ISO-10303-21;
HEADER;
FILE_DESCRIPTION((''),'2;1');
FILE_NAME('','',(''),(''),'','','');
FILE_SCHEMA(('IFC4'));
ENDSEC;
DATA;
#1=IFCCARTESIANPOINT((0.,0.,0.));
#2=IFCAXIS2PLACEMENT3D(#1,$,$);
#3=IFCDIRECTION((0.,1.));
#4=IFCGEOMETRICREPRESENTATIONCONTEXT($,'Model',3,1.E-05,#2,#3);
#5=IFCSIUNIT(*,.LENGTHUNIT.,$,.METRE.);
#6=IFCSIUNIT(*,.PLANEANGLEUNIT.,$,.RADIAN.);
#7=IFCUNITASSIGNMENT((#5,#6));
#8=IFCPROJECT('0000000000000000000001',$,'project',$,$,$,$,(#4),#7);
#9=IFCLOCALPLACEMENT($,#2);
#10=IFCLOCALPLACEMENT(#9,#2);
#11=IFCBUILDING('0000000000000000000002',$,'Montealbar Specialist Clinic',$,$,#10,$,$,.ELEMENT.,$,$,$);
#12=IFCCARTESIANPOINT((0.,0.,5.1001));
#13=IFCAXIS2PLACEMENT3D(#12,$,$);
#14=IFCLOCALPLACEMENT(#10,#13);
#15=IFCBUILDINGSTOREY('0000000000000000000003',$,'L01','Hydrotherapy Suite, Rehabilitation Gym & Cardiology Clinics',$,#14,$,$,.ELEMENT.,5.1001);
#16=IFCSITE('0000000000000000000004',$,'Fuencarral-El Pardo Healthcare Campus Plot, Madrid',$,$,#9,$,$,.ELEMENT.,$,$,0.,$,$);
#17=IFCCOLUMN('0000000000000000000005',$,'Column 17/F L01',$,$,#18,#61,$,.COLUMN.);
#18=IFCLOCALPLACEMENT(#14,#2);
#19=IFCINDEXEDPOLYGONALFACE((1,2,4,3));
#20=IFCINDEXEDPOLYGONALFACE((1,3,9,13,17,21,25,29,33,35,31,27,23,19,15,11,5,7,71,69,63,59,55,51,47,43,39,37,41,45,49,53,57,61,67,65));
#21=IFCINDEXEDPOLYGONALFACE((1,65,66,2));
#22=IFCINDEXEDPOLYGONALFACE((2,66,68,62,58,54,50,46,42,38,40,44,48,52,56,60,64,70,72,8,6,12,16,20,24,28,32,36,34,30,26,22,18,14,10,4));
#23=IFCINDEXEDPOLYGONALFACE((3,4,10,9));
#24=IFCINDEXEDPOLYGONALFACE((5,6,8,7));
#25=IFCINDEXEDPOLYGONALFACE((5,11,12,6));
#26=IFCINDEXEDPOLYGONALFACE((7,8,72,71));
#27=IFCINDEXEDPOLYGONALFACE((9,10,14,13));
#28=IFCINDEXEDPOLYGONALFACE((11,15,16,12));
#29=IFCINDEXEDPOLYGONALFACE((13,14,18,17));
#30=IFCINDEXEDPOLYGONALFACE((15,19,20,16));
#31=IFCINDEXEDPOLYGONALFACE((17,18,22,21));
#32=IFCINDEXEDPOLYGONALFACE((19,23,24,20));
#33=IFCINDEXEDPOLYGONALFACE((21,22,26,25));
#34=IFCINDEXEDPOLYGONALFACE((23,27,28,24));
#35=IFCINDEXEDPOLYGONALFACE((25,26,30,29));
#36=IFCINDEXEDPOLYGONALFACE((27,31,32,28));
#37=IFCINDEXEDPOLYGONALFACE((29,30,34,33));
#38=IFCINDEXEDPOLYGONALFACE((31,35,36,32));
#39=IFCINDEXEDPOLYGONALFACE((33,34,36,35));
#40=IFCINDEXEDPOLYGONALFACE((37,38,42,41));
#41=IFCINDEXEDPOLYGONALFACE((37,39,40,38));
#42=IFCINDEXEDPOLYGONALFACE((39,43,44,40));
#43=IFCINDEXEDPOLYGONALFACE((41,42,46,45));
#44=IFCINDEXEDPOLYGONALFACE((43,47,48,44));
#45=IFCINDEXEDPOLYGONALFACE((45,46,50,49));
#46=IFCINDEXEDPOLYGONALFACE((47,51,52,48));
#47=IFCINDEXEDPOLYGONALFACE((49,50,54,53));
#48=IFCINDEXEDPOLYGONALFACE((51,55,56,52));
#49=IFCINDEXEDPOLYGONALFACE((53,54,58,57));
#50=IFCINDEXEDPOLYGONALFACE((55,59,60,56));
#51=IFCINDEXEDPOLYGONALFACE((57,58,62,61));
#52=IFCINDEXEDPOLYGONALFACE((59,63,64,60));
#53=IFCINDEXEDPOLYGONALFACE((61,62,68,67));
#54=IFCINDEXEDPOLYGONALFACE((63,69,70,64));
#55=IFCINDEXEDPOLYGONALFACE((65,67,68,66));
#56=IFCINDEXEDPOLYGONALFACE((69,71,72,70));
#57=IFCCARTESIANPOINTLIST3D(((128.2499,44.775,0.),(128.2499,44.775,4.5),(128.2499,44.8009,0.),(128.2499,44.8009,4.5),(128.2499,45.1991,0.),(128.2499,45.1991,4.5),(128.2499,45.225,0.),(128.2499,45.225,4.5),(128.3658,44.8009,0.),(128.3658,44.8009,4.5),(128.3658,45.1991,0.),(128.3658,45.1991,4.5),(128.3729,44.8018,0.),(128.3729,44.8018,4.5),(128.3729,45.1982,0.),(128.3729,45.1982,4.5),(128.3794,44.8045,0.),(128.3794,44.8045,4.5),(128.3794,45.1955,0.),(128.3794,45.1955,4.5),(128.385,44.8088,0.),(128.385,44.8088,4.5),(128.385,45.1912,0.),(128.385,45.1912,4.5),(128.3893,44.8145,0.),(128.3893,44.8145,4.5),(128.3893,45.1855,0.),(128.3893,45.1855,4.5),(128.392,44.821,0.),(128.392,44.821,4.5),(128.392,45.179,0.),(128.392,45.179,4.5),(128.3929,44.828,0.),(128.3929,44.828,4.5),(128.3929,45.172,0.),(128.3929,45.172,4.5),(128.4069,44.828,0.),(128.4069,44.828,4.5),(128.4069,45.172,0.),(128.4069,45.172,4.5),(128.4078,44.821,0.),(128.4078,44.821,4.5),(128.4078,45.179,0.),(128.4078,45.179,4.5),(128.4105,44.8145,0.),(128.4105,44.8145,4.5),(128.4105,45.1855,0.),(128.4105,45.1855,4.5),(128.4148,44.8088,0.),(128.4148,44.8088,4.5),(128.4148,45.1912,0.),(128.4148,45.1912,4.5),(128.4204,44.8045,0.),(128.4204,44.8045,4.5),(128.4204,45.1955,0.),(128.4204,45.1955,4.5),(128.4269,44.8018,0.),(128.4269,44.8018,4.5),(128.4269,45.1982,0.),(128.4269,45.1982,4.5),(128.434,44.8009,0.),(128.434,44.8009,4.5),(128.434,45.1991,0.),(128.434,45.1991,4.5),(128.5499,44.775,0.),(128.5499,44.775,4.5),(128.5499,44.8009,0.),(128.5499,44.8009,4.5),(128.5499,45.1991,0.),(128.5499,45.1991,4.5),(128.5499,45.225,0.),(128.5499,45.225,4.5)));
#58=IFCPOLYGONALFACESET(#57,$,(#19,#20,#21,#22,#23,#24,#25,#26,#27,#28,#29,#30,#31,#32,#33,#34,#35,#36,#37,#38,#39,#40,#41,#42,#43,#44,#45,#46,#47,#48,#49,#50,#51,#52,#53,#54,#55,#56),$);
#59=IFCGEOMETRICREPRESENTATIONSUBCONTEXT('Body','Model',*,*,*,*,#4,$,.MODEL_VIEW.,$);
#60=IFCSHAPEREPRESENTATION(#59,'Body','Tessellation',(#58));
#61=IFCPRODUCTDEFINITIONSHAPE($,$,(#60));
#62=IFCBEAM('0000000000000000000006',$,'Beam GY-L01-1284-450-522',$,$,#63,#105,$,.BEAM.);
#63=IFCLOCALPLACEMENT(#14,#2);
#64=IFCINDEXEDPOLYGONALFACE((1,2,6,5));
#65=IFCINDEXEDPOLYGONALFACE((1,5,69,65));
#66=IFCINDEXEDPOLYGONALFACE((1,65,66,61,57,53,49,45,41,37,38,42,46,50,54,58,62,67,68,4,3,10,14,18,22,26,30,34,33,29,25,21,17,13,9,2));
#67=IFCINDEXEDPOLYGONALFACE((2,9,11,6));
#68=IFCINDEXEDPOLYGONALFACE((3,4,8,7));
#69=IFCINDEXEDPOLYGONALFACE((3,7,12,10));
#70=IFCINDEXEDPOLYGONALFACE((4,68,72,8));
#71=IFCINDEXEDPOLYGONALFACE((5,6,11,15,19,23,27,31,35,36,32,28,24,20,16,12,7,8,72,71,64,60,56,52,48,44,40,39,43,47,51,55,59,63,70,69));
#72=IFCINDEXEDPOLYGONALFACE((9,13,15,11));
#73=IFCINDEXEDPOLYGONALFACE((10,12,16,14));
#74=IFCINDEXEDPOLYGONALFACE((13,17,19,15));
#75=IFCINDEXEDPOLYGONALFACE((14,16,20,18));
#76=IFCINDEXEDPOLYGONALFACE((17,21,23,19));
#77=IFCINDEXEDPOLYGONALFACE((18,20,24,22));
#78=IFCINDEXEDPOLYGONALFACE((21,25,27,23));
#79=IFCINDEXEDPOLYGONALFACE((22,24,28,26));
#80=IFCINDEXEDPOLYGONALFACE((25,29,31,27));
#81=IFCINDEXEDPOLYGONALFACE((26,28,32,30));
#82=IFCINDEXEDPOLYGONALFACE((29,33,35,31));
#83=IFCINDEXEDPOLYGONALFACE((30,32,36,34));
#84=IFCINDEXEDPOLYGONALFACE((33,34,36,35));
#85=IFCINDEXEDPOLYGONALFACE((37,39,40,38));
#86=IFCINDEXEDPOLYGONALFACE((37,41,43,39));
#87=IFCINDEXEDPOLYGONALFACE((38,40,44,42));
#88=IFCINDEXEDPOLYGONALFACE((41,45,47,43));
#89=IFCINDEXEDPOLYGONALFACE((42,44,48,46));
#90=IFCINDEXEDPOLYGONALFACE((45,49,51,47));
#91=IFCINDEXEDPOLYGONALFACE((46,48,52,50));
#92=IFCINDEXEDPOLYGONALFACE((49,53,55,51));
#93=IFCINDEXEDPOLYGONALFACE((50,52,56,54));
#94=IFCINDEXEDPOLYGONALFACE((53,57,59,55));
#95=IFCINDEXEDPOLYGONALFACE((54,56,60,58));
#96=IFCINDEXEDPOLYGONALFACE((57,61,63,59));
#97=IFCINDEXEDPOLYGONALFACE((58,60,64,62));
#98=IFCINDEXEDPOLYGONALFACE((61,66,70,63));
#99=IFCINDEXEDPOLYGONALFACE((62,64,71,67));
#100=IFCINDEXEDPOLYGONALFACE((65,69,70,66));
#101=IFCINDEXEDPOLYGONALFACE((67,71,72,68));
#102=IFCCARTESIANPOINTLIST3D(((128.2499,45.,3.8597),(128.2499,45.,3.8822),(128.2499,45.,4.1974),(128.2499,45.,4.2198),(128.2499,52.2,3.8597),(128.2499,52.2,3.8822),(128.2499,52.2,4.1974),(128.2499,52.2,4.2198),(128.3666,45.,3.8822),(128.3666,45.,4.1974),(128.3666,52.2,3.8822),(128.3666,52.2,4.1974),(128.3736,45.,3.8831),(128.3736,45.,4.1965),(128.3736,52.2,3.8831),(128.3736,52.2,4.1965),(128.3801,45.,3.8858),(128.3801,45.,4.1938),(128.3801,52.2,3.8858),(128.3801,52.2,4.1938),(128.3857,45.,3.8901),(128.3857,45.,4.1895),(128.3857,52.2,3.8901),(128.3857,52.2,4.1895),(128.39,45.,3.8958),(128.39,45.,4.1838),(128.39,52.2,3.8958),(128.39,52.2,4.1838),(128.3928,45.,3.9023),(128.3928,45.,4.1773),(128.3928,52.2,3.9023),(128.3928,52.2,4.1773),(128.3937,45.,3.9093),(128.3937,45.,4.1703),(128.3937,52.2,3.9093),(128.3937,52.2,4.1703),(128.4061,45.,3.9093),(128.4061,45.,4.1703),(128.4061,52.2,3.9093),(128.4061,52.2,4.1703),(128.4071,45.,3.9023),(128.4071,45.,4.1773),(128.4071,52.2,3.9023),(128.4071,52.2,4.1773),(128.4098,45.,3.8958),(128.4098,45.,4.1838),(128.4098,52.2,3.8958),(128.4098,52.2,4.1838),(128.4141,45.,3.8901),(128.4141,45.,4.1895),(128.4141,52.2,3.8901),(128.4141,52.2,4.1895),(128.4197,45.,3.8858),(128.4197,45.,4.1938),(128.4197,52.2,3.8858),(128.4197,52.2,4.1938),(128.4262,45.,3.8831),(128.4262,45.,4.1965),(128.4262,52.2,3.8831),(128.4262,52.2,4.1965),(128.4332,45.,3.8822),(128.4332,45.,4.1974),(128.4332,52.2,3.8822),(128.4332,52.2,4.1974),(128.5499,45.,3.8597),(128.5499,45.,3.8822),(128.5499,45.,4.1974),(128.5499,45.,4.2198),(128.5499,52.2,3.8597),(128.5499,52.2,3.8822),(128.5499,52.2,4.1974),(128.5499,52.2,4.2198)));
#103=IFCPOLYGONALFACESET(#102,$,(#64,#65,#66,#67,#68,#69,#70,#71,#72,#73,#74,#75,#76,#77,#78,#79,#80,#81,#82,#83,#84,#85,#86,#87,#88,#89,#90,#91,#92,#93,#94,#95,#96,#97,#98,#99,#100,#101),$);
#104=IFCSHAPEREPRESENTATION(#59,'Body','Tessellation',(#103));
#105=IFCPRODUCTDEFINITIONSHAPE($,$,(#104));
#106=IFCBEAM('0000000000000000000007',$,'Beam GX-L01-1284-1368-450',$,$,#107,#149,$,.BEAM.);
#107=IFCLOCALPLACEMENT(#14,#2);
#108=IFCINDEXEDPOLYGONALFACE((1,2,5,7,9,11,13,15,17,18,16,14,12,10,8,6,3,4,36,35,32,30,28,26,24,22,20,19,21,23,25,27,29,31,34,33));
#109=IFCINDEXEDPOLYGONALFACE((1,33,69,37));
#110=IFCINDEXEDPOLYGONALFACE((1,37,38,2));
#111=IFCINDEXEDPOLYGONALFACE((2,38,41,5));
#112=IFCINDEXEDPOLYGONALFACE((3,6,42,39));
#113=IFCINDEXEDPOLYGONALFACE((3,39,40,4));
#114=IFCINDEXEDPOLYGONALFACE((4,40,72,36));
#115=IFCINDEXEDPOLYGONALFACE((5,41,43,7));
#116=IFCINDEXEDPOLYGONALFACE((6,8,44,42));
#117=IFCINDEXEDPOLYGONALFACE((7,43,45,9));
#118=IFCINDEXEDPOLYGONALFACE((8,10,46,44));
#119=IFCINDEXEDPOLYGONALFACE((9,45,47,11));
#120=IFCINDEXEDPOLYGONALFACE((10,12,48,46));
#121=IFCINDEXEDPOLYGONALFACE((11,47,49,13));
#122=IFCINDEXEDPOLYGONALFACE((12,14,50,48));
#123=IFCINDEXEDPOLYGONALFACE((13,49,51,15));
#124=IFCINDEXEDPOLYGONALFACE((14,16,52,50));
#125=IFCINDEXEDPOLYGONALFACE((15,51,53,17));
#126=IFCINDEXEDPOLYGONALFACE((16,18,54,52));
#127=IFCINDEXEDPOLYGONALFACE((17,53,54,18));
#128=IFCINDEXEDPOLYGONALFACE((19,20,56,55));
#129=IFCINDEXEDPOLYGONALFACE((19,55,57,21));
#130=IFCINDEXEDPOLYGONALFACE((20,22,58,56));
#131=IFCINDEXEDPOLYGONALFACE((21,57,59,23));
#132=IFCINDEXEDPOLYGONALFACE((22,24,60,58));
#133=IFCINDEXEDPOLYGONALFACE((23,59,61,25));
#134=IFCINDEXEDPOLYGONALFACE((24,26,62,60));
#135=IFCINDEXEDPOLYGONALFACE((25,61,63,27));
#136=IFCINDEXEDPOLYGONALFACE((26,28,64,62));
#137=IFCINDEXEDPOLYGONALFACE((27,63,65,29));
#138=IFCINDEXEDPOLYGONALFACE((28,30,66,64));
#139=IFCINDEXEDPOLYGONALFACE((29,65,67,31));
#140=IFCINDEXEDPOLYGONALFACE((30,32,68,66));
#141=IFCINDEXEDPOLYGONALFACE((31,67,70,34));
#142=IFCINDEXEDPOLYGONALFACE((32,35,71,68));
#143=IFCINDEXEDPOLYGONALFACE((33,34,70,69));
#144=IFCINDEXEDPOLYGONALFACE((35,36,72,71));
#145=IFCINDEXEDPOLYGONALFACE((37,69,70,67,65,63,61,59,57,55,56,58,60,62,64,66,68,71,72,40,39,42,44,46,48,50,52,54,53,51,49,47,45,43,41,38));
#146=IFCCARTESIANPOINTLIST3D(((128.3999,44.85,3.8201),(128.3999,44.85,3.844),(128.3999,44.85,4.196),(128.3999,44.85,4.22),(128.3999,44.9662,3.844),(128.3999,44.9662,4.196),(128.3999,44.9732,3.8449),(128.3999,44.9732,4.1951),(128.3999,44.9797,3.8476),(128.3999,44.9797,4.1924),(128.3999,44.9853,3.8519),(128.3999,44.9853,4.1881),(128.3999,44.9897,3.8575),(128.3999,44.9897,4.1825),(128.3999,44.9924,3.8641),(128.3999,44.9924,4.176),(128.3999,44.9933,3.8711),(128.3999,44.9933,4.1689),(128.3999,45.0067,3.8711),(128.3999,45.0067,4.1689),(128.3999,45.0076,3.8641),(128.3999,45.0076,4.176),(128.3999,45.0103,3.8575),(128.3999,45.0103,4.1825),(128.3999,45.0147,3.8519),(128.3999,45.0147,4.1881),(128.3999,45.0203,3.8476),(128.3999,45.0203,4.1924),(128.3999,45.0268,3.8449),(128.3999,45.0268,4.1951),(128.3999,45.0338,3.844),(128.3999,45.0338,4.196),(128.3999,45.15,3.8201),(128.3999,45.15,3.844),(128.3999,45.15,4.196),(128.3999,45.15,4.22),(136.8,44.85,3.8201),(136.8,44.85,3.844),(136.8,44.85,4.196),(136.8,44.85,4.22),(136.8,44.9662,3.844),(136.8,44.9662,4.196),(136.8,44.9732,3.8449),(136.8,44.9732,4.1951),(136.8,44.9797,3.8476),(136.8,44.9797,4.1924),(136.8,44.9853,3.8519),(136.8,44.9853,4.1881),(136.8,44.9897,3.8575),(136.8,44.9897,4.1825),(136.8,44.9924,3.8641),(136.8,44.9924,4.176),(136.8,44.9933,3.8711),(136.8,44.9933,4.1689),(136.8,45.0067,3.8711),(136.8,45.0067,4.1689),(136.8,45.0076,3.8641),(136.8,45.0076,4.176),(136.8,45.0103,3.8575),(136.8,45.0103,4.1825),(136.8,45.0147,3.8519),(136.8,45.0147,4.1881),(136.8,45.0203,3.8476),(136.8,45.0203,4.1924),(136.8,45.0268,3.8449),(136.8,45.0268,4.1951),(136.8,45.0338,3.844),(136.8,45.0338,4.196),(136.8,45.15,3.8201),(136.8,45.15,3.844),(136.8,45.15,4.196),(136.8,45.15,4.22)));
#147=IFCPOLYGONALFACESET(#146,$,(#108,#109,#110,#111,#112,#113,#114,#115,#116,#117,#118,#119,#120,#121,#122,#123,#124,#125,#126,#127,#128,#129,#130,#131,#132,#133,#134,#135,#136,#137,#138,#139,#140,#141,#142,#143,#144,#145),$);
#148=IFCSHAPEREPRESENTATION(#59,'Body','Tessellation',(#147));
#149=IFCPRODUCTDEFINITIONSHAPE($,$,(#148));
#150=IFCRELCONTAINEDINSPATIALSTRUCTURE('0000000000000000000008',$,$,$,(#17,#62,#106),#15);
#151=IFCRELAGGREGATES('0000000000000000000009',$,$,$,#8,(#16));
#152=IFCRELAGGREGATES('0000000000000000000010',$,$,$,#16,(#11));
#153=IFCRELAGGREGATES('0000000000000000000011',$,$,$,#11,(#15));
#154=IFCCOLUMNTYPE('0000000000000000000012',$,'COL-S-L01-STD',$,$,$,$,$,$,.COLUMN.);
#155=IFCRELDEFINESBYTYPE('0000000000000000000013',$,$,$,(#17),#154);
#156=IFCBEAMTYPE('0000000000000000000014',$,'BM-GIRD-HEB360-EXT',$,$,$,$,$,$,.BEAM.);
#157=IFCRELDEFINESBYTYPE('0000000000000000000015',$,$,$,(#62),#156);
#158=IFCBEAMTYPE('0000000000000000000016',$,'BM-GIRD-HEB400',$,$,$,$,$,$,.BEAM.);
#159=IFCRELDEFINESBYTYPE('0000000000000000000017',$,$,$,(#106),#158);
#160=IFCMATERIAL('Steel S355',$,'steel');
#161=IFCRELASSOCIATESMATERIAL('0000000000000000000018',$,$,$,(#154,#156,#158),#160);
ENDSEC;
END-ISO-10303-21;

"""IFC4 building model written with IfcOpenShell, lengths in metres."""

from ifc_helpers import new_model, si_unit, direction, frame, origin, origin_2d, place, context, subcontext, project, spatial, i_section, extrude, material, material_profile, profile_set, type_object, element, save


model = new_model("IFC4")

# Units and contexts
model_context = context("Model", 3, precision=1e-05, world=origin(), true_north=direction((0.0, 1.0)))
body_context = subcontext(model_context, "Body", "Model", "MODEL_VIEW")
ifc_project = project(units=[si_unit("LENGTHUNIT", "METRE"), si_unit("PLANEANGLEUNIT", "RADIAN")], contexts=[model_context])

# Site, building, storey
site_placement = place(None, origin())
site = spatial("IfcSite", under=ifc_project, at=site_placement, Name="Fuencarral-El Pardo Healthcare Campus Plot, Madrid", CompositionType="ELEMENT", RefElevation=0.0)
building_placement = place(site_placement, origin())
building = spatial("IfcBuilding", under=site, at=building_placement, Name="Montealbar Specialist Clinic", CompositionType="ELEMENT")
storey_placement = place(building_placement, frame((0.0, 0.0, 5.1001)))
storey = spatial("IfcBuildingStorey", under=building, at=storey_placement, Name="L01", Description="Hydrotherapy Suite, Rehabilitation Gym & Cardiology Clinics", CompositionType="ELEMENT", Elevation=5.1001)

# Column
ifc_material_1 = material(Name="Steel S355", Category="steel")
ifc_material_profile_1 = material_profile(ifc_material_1, i_section(OverallWidth=0.3, OverallDepth=0.45, WebThickness=0.0139, FlangeThickness=0.0259, FilletRadius=0.0271, at=origin_2d()), Name="HEB 450", Category="steel")
ifc_profile_set_1 = profile_set([ifc_material_profile_1], Name="Steel S355")
column_type = type_object("IfcColumnType", Name="COL-S-L01-STD", PredefinedType="COLUMN", material=ifc_profile_set_1)
column_placement = place(storey_placement, frame((128.3999, 45.0, 0.0), z_axis=(0.0, 0.0, 1.0), x_axis=(1.0, 0.0, 0.0)))
element("IfcColumn", 1, at=column_placement, inside=storey, type_object=column_type, Name="Column 17/F L01", PredefinedType="COLUMN", context=body_context, shape_type="SweptSolid", body=[
    extrude(i_section(OverallWidth=0.3, OverallDepth=0.45, WebThickness=0.0139, FlangeThickness=0.0259, FilletRadius=0.0271, at=origin_2d()), origin(), (0.0, 0.0, 1.0), 4.5),
])

# Beams
ifc_material_profile_2 = material_profile(ifc_material_1, i_section(OverallWidth=0.3, OverallDepth=0.3601, WebThickness=0.0125, FlangeThickness=0.0225, FilletRadius=0.0271, at=origin_2d()), Name="HEB 360", Category="steel")
ifc_profile_set_2 = profile_set([ifc_material_profile_2], Name="Steel S355")
beam_type_1 = type_object("IfcBeamType", Name="BM-GIRD-HEB360-EXT", PredefinedType="BEAM", material=ifc_profile_set_2)
beam_1_placement = place(storey_placement, frame((128.3999, 45.0, 4.0398), z_axis=(0.0, 1.0, 0.0), x_axis=(-1.0, 0.0, 0.0)))
element("IfcBeam", 2, at=beam_1_placement, inside=storey, type_object=beam_type_1, Name="Beam GY-L01-1284-450-522", PredefinedType="BEAM", context=body_context, shape_type="SweptSolid", body=[
    extrude(i_section(OverallWidth=0.3, OverallDepth=0.3601, WebThickness=0.0125, FlangeThickness=0.0225, FilletRadius=0.0271, at=origin_2d()), origin(), (0.0, 0.0, 1.0), 7.2),
])
ifc_material_profile_3 = material_profile(ifc_material_1, i_section(OverallWidth=0.3, OverallDepth=0.3999, WebThickness=0.0134, FlangeThickness=0.0239, FilletRadius=0.0271, at=origin_2d()), Name="HEB 400", Category="steel")
ifc_profile_set_3 = profile_set([ifc_material_profile_3], Name="Steel S355")
beam_type_2 = type_object("IfcBeamType", Name="BM-GIRD-HEB400", PredefinedType="BEAM", material=ifc_profile_set_3)
beam_2_placement = place(storey_placement, frame((128.3999, 45.0, 4.02), z_axis=(1.0, 0.0, 0.0), x_axis=(0.0, 1.0, 0.0)))
element("IfcBeam", 3, at=beam_2_placement, inside=storey, type_object=beam_type_2, Name="Beam GX-L01-1284-1368-450", PredefinedType="BEAM", context=body_context, shape_type="SweptSolid", body=[
    extrude(i_section(OverallWidth=0.3, OverallDepth=0.3999, WebThickness=0.0134, FlangeThickness=0.0239, FilletRadius=0.0271, at=origin_2d()), origin(), (0.0, 0.0, 1.0), 8.4001),
])

save(model, "model.ifc")
